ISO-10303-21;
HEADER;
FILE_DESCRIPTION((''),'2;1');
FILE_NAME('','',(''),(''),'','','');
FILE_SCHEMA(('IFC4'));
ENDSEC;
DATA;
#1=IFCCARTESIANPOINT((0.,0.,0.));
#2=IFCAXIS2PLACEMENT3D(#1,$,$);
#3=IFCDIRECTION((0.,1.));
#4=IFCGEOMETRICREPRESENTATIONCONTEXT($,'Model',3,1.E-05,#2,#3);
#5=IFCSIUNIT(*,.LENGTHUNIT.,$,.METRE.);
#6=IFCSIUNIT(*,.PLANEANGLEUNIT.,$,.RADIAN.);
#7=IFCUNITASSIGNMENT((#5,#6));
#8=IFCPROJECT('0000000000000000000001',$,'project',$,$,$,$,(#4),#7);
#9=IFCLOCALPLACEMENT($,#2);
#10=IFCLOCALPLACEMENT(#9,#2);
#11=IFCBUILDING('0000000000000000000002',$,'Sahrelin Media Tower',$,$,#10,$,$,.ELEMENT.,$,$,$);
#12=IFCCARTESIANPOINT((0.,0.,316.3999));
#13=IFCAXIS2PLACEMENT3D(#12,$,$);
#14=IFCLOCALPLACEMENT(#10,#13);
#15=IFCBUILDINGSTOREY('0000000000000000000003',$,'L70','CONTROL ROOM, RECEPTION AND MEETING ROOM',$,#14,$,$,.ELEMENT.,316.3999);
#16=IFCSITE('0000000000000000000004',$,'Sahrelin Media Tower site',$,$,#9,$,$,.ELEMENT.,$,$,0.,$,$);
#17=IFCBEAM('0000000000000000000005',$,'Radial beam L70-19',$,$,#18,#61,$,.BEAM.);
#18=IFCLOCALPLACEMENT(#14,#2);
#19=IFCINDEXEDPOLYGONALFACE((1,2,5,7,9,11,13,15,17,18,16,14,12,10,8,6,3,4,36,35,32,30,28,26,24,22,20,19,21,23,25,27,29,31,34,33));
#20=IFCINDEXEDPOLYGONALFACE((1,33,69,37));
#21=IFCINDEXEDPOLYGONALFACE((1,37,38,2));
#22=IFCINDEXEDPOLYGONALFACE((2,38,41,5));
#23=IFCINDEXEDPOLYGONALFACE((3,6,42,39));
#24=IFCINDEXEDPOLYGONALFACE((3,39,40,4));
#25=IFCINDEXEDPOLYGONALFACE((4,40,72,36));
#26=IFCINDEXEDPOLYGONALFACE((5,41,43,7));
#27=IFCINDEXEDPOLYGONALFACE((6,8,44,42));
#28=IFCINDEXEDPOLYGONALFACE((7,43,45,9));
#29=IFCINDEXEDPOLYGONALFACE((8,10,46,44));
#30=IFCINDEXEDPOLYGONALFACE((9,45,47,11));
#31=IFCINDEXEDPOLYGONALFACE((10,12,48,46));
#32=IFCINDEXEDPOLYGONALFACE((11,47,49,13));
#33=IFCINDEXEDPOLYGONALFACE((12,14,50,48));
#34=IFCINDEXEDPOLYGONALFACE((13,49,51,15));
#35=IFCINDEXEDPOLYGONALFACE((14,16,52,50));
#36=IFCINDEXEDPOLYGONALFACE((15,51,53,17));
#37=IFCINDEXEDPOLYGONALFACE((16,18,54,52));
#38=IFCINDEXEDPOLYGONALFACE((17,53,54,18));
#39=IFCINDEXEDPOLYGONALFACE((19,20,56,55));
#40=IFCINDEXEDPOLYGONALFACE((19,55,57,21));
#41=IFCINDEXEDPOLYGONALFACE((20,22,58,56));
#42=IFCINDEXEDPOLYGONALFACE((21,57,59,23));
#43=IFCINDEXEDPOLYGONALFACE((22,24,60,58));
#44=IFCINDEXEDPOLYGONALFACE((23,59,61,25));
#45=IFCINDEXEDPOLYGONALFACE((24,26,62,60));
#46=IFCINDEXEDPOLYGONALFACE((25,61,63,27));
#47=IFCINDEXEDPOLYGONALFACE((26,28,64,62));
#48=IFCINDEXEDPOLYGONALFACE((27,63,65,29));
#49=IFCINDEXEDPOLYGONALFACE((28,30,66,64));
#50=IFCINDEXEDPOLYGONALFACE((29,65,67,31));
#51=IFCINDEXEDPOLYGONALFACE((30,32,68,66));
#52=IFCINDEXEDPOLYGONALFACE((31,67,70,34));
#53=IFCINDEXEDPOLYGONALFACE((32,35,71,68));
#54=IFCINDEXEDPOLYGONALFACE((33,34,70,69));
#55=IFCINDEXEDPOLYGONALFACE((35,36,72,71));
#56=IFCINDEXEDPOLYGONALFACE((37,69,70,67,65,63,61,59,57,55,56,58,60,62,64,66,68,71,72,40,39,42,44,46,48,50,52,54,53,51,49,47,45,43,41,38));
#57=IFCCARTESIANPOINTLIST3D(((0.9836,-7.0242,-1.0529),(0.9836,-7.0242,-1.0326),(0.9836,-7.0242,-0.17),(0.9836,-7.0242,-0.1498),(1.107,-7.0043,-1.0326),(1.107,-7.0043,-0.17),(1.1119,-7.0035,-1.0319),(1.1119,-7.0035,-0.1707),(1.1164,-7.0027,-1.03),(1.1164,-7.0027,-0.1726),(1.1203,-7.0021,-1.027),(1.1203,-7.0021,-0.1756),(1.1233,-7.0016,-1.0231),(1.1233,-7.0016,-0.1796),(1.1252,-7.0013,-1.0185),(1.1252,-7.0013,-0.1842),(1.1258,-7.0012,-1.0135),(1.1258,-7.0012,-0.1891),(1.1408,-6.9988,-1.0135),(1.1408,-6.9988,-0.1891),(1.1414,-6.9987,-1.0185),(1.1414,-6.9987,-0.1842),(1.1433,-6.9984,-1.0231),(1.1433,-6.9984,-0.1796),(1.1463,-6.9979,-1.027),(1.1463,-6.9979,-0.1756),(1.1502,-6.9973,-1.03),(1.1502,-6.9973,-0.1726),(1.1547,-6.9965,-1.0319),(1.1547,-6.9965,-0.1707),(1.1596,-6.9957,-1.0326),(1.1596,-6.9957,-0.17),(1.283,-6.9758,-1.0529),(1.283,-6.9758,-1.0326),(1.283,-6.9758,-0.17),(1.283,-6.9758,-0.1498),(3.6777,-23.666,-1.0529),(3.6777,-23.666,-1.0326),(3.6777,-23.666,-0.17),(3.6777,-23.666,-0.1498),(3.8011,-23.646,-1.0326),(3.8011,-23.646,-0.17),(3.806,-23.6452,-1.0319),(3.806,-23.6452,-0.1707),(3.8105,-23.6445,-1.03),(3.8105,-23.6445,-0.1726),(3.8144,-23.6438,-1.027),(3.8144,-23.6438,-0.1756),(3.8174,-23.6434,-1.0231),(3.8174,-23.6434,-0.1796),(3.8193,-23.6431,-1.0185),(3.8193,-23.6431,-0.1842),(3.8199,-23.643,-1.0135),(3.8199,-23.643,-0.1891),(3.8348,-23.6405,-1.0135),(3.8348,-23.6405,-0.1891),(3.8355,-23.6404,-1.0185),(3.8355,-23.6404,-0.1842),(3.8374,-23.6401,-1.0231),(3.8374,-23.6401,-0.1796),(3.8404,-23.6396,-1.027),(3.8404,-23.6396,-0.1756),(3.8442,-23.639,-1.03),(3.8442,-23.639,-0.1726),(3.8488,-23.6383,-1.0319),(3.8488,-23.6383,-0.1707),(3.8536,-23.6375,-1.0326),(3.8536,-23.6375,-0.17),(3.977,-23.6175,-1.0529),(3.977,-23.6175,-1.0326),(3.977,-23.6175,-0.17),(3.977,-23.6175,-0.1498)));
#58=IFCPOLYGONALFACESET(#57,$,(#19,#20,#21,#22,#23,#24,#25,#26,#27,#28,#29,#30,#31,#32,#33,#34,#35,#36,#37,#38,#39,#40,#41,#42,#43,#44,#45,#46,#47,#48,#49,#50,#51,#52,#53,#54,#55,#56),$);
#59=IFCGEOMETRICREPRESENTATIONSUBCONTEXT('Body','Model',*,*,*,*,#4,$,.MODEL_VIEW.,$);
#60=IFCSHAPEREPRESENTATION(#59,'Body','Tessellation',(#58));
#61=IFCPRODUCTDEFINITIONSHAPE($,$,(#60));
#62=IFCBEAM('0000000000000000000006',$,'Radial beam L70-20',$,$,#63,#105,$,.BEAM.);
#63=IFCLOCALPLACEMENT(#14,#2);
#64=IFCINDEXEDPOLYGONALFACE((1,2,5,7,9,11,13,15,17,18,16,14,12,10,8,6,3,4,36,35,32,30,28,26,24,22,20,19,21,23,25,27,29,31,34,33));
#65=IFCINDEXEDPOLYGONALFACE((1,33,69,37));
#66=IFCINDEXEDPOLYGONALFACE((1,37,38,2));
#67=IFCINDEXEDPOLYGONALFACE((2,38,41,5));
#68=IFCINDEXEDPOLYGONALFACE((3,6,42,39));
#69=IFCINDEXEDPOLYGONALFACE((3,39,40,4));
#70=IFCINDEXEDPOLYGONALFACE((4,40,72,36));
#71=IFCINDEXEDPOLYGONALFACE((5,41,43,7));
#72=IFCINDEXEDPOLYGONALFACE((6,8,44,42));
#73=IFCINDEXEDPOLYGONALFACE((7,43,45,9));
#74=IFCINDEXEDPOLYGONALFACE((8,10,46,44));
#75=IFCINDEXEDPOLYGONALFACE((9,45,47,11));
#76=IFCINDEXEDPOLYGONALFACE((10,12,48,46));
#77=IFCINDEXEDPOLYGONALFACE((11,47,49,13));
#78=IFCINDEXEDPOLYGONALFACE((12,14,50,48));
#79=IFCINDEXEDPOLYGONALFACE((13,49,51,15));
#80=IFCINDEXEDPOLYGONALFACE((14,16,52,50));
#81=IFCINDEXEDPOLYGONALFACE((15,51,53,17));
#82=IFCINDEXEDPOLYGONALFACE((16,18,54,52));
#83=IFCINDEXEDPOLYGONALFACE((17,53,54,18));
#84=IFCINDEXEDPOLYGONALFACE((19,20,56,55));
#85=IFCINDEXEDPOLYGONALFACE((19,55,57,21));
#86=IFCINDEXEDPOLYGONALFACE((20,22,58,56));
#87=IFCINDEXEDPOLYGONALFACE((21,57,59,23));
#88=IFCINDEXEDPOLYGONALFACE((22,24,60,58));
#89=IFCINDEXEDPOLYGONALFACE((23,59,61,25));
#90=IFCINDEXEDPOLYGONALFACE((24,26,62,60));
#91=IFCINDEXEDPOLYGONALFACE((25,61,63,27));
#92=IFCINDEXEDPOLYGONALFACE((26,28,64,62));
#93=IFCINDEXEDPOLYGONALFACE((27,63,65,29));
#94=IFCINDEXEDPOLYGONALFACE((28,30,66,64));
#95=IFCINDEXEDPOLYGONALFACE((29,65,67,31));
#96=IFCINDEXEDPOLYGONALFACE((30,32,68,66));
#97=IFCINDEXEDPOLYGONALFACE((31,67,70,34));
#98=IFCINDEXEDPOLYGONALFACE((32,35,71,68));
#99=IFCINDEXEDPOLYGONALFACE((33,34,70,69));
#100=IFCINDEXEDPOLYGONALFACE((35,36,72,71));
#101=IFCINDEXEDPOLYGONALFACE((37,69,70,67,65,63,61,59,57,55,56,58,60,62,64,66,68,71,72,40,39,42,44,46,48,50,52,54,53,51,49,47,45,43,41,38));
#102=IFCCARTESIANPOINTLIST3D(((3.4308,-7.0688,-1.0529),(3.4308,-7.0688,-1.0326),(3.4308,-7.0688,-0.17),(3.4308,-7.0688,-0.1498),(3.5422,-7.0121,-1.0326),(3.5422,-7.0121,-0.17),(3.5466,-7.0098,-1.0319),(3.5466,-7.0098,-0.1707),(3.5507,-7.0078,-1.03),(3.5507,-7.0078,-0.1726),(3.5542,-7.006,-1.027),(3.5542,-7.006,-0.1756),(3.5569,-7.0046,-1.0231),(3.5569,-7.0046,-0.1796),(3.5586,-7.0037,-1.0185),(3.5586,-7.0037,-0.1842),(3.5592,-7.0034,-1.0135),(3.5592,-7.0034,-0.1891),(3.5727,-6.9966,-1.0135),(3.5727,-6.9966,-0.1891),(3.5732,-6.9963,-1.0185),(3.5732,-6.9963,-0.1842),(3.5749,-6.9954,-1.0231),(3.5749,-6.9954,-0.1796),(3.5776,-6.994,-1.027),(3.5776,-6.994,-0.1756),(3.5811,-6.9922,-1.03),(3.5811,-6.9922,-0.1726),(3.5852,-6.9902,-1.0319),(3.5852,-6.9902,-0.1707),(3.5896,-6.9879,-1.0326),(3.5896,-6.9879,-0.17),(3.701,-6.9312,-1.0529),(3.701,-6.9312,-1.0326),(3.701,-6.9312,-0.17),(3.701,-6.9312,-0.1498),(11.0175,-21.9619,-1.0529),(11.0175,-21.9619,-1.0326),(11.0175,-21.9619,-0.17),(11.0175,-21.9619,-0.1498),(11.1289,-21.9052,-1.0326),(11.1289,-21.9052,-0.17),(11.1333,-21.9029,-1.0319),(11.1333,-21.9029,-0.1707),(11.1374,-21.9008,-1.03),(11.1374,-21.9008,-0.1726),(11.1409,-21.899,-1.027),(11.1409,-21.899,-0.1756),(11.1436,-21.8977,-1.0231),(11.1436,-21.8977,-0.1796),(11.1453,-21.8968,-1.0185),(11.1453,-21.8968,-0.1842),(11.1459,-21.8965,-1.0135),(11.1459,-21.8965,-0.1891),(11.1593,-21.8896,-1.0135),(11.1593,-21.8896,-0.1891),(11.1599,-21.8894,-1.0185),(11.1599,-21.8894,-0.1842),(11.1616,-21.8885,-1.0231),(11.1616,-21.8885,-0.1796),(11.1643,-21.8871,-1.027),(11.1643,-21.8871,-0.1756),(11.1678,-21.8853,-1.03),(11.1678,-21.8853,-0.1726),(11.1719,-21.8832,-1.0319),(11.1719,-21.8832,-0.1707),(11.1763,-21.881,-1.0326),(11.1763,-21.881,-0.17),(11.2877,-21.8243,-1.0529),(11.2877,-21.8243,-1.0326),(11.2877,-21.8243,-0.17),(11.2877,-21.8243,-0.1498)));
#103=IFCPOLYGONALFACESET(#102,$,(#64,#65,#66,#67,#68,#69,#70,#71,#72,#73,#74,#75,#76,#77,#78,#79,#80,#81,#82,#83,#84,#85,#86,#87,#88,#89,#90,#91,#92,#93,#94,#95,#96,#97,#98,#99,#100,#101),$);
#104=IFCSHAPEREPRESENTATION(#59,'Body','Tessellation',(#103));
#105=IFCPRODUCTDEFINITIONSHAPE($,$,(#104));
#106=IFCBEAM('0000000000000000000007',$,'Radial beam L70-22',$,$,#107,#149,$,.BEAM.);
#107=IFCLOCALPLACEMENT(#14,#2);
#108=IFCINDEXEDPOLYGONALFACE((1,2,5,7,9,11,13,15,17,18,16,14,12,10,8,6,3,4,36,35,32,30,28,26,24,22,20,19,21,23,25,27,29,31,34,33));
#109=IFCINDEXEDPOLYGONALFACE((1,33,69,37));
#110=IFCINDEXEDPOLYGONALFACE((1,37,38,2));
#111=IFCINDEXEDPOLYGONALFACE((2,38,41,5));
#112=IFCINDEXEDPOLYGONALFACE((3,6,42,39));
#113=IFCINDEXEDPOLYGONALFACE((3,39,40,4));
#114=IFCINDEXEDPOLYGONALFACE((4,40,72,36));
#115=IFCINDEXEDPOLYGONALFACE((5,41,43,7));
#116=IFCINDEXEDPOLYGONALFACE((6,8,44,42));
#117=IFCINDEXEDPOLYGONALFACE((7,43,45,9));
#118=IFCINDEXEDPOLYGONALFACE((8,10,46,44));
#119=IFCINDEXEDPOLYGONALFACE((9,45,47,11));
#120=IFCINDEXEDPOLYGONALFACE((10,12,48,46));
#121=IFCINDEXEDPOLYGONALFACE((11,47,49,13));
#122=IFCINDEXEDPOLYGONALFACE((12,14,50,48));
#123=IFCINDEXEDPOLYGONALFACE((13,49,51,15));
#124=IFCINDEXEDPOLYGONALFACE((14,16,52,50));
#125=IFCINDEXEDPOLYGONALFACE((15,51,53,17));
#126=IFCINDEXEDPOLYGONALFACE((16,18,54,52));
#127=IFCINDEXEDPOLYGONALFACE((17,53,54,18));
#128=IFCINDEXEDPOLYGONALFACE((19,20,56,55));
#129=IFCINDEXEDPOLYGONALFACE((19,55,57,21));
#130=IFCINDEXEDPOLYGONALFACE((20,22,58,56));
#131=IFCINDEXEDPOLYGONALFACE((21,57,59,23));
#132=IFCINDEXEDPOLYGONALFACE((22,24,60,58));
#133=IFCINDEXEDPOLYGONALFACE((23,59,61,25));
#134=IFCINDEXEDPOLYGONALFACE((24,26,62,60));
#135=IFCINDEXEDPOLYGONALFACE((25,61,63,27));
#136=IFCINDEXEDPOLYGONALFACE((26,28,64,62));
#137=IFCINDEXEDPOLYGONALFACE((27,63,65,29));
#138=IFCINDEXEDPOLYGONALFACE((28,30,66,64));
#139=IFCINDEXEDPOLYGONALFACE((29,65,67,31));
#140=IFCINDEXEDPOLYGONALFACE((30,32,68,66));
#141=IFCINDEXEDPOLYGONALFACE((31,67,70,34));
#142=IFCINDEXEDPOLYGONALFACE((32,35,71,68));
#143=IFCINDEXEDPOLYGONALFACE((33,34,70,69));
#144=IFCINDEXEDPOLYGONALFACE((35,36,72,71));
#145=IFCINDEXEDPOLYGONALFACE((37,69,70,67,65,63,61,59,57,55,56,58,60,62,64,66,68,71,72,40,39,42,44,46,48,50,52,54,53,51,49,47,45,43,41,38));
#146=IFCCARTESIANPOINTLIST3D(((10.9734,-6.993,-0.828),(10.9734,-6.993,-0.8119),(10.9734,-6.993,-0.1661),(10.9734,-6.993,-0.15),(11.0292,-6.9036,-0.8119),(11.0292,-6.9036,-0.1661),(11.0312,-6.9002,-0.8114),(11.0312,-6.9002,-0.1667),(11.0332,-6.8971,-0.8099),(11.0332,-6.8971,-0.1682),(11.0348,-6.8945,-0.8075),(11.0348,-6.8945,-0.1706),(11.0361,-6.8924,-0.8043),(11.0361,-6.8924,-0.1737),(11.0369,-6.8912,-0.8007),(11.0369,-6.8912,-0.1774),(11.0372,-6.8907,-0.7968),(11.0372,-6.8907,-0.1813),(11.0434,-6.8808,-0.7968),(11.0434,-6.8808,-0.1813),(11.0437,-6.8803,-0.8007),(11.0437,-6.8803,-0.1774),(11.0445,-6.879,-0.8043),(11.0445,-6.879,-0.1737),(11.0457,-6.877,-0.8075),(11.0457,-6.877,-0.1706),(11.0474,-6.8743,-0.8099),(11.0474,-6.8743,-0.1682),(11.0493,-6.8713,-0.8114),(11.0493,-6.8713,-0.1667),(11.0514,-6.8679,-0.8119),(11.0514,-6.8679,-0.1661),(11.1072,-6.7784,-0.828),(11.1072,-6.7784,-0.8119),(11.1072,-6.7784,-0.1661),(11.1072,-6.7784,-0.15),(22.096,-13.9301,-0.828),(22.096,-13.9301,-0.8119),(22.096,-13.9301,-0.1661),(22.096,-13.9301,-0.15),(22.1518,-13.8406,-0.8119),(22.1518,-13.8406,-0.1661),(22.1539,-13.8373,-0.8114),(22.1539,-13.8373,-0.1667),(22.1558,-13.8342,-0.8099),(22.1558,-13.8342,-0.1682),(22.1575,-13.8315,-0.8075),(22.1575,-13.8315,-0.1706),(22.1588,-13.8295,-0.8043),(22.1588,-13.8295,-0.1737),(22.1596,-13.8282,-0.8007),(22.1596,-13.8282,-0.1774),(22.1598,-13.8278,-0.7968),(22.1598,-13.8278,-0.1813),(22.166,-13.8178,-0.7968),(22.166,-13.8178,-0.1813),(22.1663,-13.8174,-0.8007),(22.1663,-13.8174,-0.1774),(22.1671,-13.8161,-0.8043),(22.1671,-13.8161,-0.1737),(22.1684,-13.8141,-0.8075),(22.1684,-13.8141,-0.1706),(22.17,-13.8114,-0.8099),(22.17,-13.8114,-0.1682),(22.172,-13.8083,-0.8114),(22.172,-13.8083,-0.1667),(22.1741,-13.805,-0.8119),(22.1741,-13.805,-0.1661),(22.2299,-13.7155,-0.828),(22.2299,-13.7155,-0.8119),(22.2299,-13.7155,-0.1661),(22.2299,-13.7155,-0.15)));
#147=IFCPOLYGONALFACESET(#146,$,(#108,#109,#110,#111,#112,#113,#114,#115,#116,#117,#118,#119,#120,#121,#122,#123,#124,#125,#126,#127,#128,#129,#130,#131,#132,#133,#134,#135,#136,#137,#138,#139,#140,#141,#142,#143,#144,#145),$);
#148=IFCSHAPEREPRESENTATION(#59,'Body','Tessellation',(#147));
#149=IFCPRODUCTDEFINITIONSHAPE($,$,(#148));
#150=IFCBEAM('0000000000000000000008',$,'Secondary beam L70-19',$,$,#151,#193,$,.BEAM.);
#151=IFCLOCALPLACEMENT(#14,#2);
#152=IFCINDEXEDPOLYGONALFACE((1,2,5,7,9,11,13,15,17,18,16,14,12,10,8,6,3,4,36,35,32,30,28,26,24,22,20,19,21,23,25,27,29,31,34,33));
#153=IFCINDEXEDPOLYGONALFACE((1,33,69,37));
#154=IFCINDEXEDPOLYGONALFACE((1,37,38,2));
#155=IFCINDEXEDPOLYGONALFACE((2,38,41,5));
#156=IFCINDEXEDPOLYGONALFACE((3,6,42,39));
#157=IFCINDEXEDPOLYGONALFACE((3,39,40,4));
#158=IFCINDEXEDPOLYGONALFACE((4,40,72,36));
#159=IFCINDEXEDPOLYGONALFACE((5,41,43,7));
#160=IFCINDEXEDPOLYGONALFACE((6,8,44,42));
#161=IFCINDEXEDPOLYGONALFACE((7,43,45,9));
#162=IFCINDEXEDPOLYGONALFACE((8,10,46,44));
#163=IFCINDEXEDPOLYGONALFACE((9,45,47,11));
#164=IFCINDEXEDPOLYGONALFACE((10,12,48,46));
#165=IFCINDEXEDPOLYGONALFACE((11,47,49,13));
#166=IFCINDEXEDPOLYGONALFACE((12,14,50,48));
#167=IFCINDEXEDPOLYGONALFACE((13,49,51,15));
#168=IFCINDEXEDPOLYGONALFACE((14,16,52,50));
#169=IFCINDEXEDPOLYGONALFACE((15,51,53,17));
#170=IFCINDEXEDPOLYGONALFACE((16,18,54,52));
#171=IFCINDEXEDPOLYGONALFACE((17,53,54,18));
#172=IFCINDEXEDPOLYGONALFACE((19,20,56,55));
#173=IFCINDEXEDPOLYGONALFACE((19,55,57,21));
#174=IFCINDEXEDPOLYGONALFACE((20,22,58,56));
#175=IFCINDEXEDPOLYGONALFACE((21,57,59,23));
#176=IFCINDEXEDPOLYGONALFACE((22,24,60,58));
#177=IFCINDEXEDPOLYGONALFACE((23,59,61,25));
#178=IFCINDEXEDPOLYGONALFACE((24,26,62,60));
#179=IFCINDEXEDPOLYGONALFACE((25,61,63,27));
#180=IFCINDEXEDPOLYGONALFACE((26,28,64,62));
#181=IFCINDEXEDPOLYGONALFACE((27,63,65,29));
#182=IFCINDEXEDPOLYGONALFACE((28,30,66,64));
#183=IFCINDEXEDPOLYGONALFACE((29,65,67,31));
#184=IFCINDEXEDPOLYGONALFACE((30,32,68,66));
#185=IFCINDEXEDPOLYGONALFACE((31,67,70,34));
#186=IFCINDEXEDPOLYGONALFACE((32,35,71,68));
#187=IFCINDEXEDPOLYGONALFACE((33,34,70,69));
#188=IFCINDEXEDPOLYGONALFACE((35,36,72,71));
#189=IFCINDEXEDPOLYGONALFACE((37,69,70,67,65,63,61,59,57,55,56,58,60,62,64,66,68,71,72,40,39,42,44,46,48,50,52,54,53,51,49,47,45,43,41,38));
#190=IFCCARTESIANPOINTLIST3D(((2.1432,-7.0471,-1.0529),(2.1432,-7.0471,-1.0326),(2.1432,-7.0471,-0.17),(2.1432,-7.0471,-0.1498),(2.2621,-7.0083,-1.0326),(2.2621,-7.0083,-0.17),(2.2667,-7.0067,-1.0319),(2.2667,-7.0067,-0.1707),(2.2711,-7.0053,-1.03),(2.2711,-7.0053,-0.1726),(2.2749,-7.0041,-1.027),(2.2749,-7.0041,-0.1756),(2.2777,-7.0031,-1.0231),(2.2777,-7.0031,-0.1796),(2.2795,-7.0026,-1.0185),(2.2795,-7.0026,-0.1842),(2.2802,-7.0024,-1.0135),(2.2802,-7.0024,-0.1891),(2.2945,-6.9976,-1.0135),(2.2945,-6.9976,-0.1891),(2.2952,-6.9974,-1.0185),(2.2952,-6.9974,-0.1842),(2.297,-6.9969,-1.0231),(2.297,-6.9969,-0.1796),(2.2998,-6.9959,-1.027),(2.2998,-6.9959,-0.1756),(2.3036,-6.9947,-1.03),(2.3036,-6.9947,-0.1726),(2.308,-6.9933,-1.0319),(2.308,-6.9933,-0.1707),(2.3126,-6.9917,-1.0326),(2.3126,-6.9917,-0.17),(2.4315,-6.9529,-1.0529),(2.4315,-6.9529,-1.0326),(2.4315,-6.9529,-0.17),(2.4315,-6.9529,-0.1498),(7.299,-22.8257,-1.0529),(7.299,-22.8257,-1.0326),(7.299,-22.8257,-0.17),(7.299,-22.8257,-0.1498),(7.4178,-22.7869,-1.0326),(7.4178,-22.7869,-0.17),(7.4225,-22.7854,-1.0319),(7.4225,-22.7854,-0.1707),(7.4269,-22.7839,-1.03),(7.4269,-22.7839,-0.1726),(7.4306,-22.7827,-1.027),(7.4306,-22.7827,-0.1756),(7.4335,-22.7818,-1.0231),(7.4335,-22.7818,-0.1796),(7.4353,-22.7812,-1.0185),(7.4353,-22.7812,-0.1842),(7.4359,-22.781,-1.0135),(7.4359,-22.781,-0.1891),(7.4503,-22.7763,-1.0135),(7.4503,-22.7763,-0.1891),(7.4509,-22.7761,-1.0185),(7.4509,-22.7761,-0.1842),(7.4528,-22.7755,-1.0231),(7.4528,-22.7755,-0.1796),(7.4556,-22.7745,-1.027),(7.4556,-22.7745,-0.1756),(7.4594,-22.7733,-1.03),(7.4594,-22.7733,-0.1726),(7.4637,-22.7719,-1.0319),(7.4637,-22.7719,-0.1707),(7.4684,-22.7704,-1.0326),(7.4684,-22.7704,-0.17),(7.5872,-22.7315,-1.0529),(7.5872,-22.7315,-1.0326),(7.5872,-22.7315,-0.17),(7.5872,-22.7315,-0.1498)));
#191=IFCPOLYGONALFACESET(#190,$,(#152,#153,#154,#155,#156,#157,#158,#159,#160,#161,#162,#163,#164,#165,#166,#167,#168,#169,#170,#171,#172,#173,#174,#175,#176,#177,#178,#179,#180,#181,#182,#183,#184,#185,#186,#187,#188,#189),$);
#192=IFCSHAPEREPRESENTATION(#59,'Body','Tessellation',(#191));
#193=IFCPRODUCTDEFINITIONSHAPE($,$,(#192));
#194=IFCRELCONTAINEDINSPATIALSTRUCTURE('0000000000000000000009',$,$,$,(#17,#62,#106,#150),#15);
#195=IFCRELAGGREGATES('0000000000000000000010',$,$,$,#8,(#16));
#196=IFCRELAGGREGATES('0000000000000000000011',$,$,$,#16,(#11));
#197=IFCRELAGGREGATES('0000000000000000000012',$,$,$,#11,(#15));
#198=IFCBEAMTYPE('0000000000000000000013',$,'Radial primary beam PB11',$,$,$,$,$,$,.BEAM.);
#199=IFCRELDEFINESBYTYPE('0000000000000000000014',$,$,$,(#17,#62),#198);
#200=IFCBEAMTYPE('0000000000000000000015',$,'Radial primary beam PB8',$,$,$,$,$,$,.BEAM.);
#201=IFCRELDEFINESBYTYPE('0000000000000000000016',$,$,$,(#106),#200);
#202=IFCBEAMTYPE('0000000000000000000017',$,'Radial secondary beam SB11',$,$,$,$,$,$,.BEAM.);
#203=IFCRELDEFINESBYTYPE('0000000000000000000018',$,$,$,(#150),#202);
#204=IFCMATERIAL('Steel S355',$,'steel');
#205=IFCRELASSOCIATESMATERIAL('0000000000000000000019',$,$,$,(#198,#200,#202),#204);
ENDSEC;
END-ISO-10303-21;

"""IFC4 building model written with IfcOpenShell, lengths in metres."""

from ifc_helpers import new_model, si_unit, direction, frame, origin, origin_2d, place, context, subcontext, project, spatial, i_section, extrude, material, material_profile, profile_set, type_object, element, save


model = new_model("IFC4")

# Units and contexts
model_context = context("Model", 3, precision=1e-05, world=origin(), true_north=direction((0.0, 1.0)))
body_context = subcontext(model_context, "Body", "Model", "MODEL_VIEW")
ifc_project = project(units=[si_unit("LENGTHUNIT", "METRE"), si_unit("PLANEANGLEUNIT", "RADIAN")], contexts=[model_context])

# Site, building, storey
site_placement = place(None, origin())
site = spatial("IfcSite", under=ifc_project, at=site_placement, Name="Sahrelin Media Tower site", CompositionType="ELEMENT", RefElevation=0.0)
building_placement = place(site_placement, origin())
building = spatial("IfcBuilding", under=site, at=building_placement, Name="Sahrelin Media Tower", CompositionType="ELEMENT")
storey_placement = place(building_placement, frame((0.0, 0.0, 316.3999)))
storey = spatial("IfcBuildingStorey", under=building, at=storey_placement, Name="L70", Description="CONTROL ROOM, RECEPTION AND MEETING ROOM", CompositionType="ELEMENT", Elevation=316.3999)

# Shared definitions
ifc_material_1 = material(Name="Steel S355", Category="steel")

# Beams
ifc_material_profile_1 = material_profile(ifc_material_1, i_section(OverallWidth=0.3032, OverallDepth=0.9031, WebThickness=0.0151, FlangeThickness=0.0203, FilletRadius=0.019, at=origin_2d()), Name="UB 914x305x201")
ifc_profile_set_1 = profile_set([ifc_material_profile_1], Name="Steel S355")
beam_type_1 = type_object("IfcBeamType", Name="Radial primary beam PB11", PredefinedType="BEAM", material=ifc_profile_set_1)
beam_1_placement = place(storey_placement, frame((1.1333, -7.0, -0.6013), z_axis=(0.159806, -0.987148, 0.0), x_axis=(0.987148, 0.159806, 0.0)))
element("IfcBeam", 1, at=beam_1_placement, inside=storey, type_object=beam_type_1, Name="Radial beam L70-19", PredefinedType="BEAM", context=body_context, shape_type="SweptSolid", body=[
    extrude(i_section(OverallWidth=0.3032, OverallDepth=0.9031, WebThickness=0.0151, FlangeThickness=0.0203, FilletRadius=0.019, at=origin_2d()), origin(), (0.0, 0.0, 1.0), 16.8584),
])
beam_2_placement = place(storey_placement, frame((3.5659, -7.0, -0.6013), z_axis=(0.453908, -0.891048, 0.0), x_axis=(0.891048, 0.453908, 0.0)))
element("IfcBeam", 2, at=beam_2_placement, inside=storey, type_object=beam_type_1, Name="Radial beam L70-20", PredefinedType="BEAM", context=body_context, shape_type="SweptSolid", body=[
    extrude(i_section(OverallWidth=0.3032, OverallDepth=0.9031, WebThickness=0.0151, FlangeThickness=0.0203, FilletRadius=0.019, at=origin_2d()), origin(), (0.0, 0.0, 1.0), 16.7141),
])
ifc_material_profile_2 = material_profile(ifc_material_1, i_section(OverallWidth=0.2529, OverallDepth=0.678, WebThickness=0.0117, FlangeThickness=0.0161, FilletRadius=0.0151, at=origin_2d()), Name="UB 686x254x125")
ifc_profile_set_2 = profile_set([ifc_material_profile_2], Name="Steel S355")
beam_type_2 = type_object("IfcBeamType", Name="Radial primary beam PB8", PredefinedType="BEAM", material=ifc_profile_set_2)
beam_3_placement = place(storey_placement, frame((11.0403, -6.8857, -0.489), z_axis=(0.848498, -0.529198, 0.0), x_axis=(0.529198, 0.848498, 0.0)))
element("IfcBeam", 3, at=beam_3_placement, inside=storey, type_object=beam_type_2, Name="Radial beam L70-22", PredefinedType="BEAM", context=body_context, shape_type="SweptSolid", body=[
    extrude(i_section(OverallWidth=0.2529, OverallDepth=0.678, WebThickness=0.0117, FlangeThickness=0.0161, FilletRadius=0.0151, at=origin_2d()), origin(), (0.0, 0.0, 1.0), 13.1086),
])
ifc_material_profile_3 = material_profile(ifc_material_1, i_section(OverallWidth=0.3032, OverallDepth=0.9031, WebThickness=0.0151, FlangeThickness=0.0203, FilletRadius=0.019, at=origin_2d()), Name="UB 914x305x201")
ifc_profile_set_3 = profile_set([ifc_material_profile_3], Name="Steel S355")
beam_type_3 = type_object("IfcBeamType", Name="Radial secondary beam SB11", PredefinedType="BEAM", material=ifc_profile_set_3)
beam_4_placement = place(storey_placement, frame((2.2874, -7.0, -0.6013), z_axis=(0.310597, -0.950542, 0.0), x_axis=(0.950542, 0.310597, 0.0)))
element("IfcBeam", 4, at=beam_4_placement, inside=storey, type_object=beam_type_3, Name="Secondary beam L70-19", PredefinedType="BEAM", context=body_context, shape_type="SweptSolid", body=[
    extrude(i_section(OverallWidth=0.3032, OverallDepth=0.9031, WebThickness=0.0151, FlangeThickness=0.0203, FilletRadius=0.019, at=origin_2d()), origin(), (0.0, 0.0, 1.0), 16.5996),
])

save(model, "model.ifc")
